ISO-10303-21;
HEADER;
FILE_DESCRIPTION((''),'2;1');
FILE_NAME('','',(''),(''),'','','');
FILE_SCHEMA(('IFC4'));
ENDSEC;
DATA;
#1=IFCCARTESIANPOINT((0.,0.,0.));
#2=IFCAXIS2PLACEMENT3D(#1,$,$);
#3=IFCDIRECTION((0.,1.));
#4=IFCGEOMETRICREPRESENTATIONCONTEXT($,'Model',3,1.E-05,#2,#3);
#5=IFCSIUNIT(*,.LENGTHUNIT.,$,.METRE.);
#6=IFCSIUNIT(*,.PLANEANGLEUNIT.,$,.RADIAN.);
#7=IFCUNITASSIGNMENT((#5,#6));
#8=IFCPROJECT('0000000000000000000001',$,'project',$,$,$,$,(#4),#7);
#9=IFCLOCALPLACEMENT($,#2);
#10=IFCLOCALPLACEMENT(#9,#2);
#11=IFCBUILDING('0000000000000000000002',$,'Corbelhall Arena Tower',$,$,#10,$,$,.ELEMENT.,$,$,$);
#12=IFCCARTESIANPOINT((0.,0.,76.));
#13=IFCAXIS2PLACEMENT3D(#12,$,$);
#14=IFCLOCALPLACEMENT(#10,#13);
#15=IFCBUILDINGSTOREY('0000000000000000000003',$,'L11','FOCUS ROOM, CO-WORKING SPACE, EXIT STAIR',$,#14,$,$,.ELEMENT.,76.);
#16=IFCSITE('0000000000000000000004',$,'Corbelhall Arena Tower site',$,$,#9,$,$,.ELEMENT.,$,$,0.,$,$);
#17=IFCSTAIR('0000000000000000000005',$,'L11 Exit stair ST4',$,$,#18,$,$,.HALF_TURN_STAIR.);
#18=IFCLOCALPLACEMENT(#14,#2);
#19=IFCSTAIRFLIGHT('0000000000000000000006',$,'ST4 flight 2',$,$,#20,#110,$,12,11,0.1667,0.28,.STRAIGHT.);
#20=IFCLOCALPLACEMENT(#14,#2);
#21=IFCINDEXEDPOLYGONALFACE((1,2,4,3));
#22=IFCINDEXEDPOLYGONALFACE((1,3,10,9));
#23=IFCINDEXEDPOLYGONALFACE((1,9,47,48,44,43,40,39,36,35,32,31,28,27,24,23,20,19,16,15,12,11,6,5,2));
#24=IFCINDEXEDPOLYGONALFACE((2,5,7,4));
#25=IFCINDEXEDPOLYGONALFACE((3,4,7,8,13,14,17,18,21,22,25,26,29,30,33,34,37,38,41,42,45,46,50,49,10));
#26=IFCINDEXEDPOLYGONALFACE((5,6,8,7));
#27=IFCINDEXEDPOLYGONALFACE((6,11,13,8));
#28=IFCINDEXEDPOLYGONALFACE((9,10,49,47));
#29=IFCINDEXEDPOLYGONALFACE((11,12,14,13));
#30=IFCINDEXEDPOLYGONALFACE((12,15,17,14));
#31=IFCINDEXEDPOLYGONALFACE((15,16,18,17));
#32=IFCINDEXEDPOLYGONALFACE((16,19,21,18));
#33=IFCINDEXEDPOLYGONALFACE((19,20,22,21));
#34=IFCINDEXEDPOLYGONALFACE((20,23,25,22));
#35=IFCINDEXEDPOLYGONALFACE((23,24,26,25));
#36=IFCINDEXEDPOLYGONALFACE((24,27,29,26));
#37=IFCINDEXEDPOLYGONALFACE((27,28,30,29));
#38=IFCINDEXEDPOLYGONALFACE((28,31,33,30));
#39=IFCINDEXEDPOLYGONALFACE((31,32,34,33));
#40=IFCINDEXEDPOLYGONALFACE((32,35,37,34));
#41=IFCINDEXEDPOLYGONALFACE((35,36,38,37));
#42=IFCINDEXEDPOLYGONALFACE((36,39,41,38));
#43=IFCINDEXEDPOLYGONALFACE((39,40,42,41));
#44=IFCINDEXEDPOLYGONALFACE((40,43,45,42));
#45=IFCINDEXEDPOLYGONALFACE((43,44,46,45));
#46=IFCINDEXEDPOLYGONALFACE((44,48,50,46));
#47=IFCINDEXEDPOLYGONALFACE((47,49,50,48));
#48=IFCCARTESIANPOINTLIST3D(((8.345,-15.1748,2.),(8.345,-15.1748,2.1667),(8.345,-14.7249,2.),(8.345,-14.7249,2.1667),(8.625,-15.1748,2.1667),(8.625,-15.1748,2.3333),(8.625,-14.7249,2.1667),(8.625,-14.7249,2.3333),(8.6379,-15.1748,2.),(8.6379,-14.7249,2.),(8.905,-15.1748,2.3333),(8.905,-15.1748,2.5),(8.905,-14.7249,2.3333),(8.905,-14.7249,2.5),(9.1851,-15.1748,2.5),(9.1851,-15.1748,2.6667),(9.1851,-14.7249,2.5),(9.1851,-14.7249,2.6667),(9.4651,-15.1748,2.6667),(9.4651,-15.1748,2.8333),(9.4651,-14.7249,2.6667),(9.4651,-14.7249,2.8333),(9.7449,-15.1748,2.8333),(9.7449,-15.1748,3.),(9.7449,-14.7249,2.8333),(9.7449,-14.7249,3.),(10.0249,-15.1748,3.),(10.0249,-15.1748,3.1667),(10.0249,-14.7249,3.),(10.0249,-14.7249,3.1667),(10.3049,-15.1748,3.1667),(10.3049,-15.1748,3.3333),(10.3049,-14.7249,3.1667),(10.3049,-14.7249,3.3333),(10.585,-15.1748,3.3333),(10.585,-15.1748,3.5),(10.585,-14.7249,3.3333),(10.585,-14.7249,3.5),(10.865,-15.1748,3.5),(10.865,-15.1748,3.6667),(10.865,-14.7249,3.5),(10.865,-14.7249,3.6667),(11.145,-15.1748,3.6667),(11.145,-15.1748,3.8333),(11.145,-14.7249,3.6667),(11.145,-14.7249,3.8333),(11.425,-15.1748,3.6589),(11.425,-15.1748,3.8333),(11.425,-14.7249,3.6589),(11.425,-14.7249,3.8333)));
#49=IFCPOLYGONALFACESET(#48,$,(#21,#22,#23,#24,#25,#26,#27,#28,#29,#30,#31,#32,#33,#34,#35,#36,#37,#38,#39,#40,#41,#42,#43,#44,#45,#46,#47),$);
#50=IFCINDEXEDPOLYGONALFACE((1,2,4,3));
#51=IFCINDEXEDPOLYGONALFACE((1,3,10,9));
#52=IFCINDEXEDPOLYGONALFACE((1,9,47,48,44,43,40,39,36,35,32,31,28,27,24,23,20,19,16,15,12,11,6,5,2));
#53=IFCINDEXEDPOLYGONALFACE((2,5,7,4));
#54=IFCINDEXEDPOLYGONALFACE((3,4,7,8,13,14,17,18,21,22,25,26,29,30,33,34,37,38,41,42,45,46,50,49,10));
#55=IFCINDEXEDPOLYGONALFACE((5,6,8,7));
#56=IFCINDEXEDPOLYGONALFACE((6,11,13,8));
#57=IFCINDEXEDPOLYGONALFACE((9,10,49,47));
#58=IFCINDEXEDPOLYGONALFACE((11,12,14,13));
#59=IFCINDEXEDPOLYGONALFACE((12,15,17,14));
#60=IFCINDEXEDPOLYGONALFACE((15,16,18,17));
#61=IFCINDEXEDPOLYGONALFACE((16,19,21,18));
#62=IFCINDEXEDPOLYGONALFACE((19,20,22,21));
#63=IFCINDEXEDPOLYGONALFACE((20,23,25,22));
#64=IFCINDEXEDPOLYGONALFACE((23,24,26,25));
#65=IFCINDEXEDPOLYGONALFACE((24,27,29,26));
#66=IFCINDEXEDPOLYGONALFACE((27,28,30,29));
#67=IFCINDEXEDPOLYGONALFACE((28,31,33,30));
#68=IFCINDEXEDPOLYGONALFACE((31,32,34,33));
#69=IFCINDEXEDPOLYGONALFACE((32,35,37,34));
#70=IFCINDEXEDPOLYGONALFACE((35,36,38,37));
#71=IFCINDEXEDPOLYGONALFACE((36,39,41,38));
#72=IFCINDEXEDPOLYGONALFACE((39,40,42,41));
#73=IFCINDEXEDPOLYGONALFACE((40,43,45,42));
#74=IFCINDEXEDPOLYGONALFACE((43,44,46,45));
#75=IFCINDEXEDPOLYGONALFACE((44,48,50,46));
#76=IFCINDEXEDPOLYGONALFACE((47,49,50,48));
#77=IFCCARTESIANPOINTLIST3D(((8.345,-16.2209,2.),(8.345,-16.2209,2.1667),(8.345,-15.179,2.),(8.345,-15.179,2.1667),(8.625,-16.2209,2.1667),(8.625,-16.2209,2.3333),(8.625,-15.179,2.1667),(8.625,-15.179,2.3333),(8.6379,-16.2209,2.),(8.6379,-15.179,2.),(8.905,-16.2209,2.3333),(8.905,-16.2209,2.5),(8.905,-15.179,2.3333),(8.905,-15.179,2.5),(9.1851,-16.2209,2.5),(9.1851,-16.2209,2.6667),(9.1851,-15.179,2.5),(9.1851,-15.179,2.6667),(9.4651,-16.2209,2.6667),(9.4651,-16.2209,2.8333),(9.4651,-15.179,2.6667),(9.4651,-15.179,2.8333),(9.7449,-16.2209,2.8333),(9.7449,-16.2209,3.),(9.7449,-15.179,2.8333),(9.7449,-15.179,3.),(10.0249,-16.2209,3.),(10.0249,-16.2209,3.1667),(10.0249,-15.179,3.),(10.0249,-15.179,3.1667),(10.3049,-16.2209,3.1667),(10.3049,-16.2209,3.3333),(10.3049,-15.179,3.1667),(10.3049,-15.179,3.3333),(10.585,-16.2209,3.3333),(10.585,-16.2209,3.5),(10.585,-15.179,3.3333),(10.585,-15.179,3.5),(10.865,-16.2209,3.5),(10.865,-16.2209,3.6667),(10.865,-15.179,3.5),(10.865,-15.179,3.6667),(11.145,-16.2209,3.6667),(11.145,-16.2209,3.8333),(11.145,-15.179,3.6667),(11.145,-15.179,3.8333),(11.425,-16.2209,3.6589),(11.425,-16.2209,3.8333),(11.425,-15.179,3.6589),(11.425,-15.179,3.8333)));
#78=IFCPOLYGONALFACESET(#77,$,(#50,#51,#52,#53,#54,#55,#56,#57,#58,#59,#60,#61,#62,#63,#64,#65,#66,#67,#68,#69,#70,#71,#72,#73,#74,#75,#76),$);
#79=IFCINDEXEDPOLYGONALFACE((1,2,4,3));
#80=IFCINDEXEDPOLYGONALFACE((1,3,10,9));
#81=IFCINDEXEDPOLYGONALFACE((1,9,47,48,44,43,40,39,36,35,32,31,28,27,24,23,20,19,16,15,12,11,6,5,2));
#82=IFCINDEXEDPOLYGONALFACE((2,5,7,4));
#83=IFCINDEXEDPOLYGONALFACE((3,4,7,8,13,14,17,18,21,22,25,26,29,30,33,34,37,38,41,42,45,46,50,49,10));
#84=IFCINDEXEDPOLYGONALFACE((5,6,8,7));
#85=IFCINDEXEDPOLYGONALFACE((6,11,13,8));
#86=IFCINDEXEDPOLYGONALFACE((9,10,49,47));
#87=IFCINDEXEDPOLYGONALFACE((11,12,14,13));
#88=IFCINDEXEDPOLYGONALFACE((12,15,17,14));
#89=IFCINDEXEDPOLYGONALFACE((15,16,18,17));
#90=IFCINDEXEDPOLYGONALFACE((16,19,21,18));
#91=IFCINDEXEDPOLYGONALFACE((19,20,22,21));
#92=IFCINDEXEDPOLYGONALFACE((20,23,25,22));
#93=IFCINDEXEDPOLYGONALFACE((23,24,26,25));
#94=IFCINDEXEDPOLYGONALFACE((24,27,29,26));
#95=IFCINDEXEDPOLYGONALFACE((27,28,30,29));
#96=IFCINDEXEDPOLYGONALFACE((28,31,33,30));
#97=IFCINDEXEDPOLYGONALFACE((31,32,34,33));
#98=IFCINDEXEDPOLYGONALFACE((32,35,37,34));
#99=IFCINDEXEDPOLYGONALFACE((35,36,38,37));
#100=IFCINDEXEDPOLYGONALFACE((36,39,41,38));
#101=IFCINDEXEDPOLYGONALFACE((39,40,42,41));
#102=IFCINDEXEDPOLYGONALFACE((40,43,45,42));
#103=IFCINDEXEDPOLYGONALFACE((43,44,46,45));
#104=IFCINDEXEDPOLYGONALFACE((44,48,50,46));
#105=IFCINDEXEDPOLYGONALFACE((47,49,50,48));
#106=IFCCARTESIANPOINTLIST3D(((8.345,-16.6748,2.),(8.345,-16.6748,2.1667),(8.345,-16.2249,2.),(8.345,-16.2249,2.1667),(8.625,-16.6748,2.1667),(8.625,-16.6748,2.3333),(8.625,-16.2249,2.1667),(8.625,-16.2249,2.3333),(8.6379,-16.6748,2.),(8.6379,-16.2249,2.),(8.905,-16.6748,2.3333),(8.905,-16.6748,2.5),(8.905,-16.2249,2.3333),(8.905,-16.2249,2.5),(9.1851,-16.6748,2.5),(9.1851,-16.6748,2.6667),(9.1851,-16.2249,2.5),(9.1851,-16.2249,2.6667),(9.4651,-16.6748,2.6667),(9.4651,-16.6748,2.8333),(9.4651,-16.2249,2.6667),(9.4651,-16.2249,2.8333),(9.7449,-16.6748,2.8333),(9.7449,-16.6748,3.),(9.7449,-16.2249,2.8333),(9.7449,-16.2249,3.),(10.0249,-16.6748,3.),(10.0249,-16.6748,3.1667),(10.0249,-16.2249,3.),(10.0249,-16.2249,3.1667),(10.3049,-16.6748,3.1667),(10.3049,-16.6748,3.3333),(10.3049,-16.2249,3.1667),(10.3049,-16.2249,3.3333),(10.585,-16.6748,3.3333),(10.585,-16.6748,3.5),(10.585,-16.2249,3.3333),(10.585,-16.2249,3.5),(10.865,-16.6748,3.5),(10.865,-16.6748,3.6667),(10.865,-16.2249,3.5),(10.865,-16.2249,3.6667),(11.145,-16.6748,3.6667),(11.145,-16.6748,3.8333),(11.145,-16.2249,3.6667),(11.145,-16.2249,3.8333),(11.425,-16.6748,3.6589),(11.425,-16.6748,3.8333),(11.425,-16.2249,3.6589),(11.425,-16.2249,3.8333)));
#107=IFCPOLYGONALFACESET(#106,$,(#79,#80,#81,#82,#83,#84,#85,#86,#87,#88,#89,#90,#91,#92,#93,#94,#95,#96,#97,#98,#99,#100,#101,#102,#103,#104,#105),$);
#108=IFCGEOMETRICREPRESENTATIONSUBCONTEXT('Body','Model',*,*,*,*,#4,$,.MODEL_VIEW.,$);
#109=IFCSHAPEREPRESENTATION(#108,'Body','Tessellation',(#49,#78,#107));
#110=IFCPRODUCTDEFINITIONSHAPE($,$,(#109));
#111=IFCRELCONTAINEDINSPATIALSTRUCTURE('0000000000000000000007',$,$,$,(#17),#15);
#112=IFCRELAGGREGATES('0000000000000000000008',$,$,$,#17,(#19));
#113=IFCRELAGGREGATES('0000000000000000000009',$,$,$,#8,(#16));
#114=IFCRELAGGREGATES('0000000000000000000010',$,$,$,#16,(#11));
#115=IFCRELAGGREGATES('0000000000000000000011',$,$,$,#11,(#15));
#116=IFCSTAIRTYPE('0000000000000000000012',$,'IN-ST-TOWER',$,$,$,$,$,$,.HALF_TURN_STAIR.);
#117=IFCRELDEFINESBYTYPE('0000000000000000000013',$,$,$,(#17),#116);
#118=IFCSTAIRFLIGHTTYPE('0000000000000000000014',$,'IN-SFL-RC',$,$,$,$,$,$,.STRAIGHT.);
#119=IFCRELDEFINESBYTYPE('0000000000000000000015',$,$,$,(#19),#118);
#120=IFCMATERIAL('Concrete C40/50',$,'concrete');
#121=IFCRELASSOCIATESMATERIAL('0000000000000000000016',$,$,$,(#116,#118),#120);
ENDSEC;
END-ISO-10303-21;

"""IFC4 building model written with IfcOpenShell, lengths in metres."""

from ifc_helpers import new_model, si_unit, direction, frame, origin, place, context, subcontext, project, spatial, polyline, outline, extrude, material, type_object, element, aggregate, save


model = new_model("IFC4")

# Units and contexts
model_context = context("Model", 3, precision=1e-05, world=origin(), true_north=direction((0.0, 1.0)))
body_context = subcontext(model_context, "Body", "Model", "MODEL_VIEW")
ifc_project = project(units=[si_unit("LENGTHUNIT", "METRE"), si_unit("PLANEANGLEUNIT", "RADIAN")], contexts=[model_context])

# Site, building, storey
site_placement = place(None, origin())
site = spatial("IfcSite", under=ifc_project, at=site_placement, Name="Corbelhall Arena Tower site", CompositionType="ELEMENT", RefElevation=0.0)
building_placement = place(site_placement, origin())
building = spatial("IfcBuilding", under=site, at=building_placement, Name="Corbelhall Arena Tower", CompositionType="ELEMENT")
storey_placement = place(building_placement, frame((0.0, 0.0, 76.0)))
storey = spatial("IfcBuildingStorey", under=building, at=storey_placement, Name="L11", Description="FOCUS ROOM, CO-WORKING SPACE, EXIT STAIR", CompositionType="ELEMENT", Elevation=76.0)

# Shared definitions
ifc_material_1 = material(Name="Concrete C40/50", Category="concrete")

# Stair, stair flight
stair_type = type_object("IfcStairType", Name="IN-ST-TOWER", PredefinedType="HALF_TURN_STAIR", material=ifc_material_1)
stair_placement = place(storey_placement, origin())
stair = element("IfcStair", 1, at=stair_placement, inside=storey, type_object=stair_type, Name="L11 Exit stair ST4", PredefinedType="HALF_TURN_STAIR")
stair_flight_type = type_object("IfcStairFlightType", Name="IN-SFL-RC", PredefinedType="STRAIGHT", material=ifc_material_1)
stair_flight_placement = place(storey_placement, frame((8.345, -15.7, 2.0), z_axis=(0.0, 0.0, 1.0), x_axis=(1.0, 0.0, 0.0)))
stair_flight = element("IfcStairFlight", 2, at=stair_flight_placement, type_object=stair_flight_type, Name="ST4 flight 2", NumberOfRisers=12, NumberOfTreads=11, PredefinedType="STRAIGHT", RiserHeight=0.1667, TreadLength=0.28, context=body_context, shape_type="SweptSolid", body=[
    extrude(outline(polyline([(0.0, 0.0), (0.0, 0.1667), (0.28, 0.1667), (0.28, 0.3333), (0.5601, 0.3333), (0.5601, 0.5), (0.8401, 0.5), (0.8401, 0.6667), (1.1201, 0.6667), (1.1201, 0.8333), (1.3999, 0.8333), (1.3999, 1.0), (1.6799, 1.0), (1.6799, 1.1667), (1.96, 1.1667), (1.96, 1.3333), (2.24, 1.3333), (2.24, 1.5), (2.52, 1.5), (2.52, 1.6667), (2.8, 1.6667), (2.8, 1.8333), (3.0801, 1.8333), (3.0801, 2.0), (3.0801, 1.6589), (0.293, 0.0), (0.0, 0.0)])), frame((0.0, 0.9751, 0.0), z_axis=(0.0, -1.0, 0.0), x_axis=(1.0, 0.0, 0.0)), (0.0, 0.0, 1.0), 0.45),
    extrude(outline(polyline([(0.0, 0.0), (0.0, 0.1667), (0.28, 0.1667), (0.28, 0.3333), (0.5601, 0.3333), (0.5601, 0.5), (0.8401, 0.5), (0.8401, 0.6667), (1.1201, 0.6667), (1.1201, 0.8333), (1.3999, 0.8333), (1.3999, 1.0), (1.6799, 1.0), (1.6799, 1.1667), (1.96, 1.1667), (1.96, 1.3333), (2.24, 1.3333), (2.24, 1.5), (2.52, 1.5), (2.52, 1.6667), (2.8, 1.6667), (2.8, 1.8333), (3.0801, 1.8333), (3.0801, 2.0), (3.0801, 1.6589), (0.293, 0.0), (0.0, 0.0)])), frame((0.0, 0.521, 0.0), z_axis=(0.0, -1.0, 0.0), x_axis=(1.0, 0.0, 0.0)), (0.0, 0.0, 1.0), 1.042),
    extrude(outline(polyline([(0.0, 0.0), (0.0, 0.1667), (0.28, 0.1667), (0.28, 0.3333), (0.5601, 0.3333), (0.5601, 0.5), (0.8401, 0.5), (0.8401, 0.6667), (1.1201, 0.6667), (1.1201, 0.8333), (1.3999, 0.8333), (1.3999, 1.0), (1.6799, 1.0), (1.6799, 1.1667), (1.96, 1.1667), (1.96, 1.3333), (2.24, 1.3333), (2.24, 1.5), (2.52, 1.5), (2.52, 1.6667), (2.8, 1.6667), (2.8, 1.8333), (3.0801, 1.8333), (3.0801, 2.0), (3.0801, 1.6589), (0.293, 0.0), (0.0, 0.0)])), frame((0.0, -0.5249, 0.0), z_axis=(0.0, -1.0, 0.0), x_axis=(1.0, 0.0, 0.0)), (0.0, 0.0, 1.0), 0.45),
])
aggregate(stair, [stair_flight])

save(model, "model.ifc")
